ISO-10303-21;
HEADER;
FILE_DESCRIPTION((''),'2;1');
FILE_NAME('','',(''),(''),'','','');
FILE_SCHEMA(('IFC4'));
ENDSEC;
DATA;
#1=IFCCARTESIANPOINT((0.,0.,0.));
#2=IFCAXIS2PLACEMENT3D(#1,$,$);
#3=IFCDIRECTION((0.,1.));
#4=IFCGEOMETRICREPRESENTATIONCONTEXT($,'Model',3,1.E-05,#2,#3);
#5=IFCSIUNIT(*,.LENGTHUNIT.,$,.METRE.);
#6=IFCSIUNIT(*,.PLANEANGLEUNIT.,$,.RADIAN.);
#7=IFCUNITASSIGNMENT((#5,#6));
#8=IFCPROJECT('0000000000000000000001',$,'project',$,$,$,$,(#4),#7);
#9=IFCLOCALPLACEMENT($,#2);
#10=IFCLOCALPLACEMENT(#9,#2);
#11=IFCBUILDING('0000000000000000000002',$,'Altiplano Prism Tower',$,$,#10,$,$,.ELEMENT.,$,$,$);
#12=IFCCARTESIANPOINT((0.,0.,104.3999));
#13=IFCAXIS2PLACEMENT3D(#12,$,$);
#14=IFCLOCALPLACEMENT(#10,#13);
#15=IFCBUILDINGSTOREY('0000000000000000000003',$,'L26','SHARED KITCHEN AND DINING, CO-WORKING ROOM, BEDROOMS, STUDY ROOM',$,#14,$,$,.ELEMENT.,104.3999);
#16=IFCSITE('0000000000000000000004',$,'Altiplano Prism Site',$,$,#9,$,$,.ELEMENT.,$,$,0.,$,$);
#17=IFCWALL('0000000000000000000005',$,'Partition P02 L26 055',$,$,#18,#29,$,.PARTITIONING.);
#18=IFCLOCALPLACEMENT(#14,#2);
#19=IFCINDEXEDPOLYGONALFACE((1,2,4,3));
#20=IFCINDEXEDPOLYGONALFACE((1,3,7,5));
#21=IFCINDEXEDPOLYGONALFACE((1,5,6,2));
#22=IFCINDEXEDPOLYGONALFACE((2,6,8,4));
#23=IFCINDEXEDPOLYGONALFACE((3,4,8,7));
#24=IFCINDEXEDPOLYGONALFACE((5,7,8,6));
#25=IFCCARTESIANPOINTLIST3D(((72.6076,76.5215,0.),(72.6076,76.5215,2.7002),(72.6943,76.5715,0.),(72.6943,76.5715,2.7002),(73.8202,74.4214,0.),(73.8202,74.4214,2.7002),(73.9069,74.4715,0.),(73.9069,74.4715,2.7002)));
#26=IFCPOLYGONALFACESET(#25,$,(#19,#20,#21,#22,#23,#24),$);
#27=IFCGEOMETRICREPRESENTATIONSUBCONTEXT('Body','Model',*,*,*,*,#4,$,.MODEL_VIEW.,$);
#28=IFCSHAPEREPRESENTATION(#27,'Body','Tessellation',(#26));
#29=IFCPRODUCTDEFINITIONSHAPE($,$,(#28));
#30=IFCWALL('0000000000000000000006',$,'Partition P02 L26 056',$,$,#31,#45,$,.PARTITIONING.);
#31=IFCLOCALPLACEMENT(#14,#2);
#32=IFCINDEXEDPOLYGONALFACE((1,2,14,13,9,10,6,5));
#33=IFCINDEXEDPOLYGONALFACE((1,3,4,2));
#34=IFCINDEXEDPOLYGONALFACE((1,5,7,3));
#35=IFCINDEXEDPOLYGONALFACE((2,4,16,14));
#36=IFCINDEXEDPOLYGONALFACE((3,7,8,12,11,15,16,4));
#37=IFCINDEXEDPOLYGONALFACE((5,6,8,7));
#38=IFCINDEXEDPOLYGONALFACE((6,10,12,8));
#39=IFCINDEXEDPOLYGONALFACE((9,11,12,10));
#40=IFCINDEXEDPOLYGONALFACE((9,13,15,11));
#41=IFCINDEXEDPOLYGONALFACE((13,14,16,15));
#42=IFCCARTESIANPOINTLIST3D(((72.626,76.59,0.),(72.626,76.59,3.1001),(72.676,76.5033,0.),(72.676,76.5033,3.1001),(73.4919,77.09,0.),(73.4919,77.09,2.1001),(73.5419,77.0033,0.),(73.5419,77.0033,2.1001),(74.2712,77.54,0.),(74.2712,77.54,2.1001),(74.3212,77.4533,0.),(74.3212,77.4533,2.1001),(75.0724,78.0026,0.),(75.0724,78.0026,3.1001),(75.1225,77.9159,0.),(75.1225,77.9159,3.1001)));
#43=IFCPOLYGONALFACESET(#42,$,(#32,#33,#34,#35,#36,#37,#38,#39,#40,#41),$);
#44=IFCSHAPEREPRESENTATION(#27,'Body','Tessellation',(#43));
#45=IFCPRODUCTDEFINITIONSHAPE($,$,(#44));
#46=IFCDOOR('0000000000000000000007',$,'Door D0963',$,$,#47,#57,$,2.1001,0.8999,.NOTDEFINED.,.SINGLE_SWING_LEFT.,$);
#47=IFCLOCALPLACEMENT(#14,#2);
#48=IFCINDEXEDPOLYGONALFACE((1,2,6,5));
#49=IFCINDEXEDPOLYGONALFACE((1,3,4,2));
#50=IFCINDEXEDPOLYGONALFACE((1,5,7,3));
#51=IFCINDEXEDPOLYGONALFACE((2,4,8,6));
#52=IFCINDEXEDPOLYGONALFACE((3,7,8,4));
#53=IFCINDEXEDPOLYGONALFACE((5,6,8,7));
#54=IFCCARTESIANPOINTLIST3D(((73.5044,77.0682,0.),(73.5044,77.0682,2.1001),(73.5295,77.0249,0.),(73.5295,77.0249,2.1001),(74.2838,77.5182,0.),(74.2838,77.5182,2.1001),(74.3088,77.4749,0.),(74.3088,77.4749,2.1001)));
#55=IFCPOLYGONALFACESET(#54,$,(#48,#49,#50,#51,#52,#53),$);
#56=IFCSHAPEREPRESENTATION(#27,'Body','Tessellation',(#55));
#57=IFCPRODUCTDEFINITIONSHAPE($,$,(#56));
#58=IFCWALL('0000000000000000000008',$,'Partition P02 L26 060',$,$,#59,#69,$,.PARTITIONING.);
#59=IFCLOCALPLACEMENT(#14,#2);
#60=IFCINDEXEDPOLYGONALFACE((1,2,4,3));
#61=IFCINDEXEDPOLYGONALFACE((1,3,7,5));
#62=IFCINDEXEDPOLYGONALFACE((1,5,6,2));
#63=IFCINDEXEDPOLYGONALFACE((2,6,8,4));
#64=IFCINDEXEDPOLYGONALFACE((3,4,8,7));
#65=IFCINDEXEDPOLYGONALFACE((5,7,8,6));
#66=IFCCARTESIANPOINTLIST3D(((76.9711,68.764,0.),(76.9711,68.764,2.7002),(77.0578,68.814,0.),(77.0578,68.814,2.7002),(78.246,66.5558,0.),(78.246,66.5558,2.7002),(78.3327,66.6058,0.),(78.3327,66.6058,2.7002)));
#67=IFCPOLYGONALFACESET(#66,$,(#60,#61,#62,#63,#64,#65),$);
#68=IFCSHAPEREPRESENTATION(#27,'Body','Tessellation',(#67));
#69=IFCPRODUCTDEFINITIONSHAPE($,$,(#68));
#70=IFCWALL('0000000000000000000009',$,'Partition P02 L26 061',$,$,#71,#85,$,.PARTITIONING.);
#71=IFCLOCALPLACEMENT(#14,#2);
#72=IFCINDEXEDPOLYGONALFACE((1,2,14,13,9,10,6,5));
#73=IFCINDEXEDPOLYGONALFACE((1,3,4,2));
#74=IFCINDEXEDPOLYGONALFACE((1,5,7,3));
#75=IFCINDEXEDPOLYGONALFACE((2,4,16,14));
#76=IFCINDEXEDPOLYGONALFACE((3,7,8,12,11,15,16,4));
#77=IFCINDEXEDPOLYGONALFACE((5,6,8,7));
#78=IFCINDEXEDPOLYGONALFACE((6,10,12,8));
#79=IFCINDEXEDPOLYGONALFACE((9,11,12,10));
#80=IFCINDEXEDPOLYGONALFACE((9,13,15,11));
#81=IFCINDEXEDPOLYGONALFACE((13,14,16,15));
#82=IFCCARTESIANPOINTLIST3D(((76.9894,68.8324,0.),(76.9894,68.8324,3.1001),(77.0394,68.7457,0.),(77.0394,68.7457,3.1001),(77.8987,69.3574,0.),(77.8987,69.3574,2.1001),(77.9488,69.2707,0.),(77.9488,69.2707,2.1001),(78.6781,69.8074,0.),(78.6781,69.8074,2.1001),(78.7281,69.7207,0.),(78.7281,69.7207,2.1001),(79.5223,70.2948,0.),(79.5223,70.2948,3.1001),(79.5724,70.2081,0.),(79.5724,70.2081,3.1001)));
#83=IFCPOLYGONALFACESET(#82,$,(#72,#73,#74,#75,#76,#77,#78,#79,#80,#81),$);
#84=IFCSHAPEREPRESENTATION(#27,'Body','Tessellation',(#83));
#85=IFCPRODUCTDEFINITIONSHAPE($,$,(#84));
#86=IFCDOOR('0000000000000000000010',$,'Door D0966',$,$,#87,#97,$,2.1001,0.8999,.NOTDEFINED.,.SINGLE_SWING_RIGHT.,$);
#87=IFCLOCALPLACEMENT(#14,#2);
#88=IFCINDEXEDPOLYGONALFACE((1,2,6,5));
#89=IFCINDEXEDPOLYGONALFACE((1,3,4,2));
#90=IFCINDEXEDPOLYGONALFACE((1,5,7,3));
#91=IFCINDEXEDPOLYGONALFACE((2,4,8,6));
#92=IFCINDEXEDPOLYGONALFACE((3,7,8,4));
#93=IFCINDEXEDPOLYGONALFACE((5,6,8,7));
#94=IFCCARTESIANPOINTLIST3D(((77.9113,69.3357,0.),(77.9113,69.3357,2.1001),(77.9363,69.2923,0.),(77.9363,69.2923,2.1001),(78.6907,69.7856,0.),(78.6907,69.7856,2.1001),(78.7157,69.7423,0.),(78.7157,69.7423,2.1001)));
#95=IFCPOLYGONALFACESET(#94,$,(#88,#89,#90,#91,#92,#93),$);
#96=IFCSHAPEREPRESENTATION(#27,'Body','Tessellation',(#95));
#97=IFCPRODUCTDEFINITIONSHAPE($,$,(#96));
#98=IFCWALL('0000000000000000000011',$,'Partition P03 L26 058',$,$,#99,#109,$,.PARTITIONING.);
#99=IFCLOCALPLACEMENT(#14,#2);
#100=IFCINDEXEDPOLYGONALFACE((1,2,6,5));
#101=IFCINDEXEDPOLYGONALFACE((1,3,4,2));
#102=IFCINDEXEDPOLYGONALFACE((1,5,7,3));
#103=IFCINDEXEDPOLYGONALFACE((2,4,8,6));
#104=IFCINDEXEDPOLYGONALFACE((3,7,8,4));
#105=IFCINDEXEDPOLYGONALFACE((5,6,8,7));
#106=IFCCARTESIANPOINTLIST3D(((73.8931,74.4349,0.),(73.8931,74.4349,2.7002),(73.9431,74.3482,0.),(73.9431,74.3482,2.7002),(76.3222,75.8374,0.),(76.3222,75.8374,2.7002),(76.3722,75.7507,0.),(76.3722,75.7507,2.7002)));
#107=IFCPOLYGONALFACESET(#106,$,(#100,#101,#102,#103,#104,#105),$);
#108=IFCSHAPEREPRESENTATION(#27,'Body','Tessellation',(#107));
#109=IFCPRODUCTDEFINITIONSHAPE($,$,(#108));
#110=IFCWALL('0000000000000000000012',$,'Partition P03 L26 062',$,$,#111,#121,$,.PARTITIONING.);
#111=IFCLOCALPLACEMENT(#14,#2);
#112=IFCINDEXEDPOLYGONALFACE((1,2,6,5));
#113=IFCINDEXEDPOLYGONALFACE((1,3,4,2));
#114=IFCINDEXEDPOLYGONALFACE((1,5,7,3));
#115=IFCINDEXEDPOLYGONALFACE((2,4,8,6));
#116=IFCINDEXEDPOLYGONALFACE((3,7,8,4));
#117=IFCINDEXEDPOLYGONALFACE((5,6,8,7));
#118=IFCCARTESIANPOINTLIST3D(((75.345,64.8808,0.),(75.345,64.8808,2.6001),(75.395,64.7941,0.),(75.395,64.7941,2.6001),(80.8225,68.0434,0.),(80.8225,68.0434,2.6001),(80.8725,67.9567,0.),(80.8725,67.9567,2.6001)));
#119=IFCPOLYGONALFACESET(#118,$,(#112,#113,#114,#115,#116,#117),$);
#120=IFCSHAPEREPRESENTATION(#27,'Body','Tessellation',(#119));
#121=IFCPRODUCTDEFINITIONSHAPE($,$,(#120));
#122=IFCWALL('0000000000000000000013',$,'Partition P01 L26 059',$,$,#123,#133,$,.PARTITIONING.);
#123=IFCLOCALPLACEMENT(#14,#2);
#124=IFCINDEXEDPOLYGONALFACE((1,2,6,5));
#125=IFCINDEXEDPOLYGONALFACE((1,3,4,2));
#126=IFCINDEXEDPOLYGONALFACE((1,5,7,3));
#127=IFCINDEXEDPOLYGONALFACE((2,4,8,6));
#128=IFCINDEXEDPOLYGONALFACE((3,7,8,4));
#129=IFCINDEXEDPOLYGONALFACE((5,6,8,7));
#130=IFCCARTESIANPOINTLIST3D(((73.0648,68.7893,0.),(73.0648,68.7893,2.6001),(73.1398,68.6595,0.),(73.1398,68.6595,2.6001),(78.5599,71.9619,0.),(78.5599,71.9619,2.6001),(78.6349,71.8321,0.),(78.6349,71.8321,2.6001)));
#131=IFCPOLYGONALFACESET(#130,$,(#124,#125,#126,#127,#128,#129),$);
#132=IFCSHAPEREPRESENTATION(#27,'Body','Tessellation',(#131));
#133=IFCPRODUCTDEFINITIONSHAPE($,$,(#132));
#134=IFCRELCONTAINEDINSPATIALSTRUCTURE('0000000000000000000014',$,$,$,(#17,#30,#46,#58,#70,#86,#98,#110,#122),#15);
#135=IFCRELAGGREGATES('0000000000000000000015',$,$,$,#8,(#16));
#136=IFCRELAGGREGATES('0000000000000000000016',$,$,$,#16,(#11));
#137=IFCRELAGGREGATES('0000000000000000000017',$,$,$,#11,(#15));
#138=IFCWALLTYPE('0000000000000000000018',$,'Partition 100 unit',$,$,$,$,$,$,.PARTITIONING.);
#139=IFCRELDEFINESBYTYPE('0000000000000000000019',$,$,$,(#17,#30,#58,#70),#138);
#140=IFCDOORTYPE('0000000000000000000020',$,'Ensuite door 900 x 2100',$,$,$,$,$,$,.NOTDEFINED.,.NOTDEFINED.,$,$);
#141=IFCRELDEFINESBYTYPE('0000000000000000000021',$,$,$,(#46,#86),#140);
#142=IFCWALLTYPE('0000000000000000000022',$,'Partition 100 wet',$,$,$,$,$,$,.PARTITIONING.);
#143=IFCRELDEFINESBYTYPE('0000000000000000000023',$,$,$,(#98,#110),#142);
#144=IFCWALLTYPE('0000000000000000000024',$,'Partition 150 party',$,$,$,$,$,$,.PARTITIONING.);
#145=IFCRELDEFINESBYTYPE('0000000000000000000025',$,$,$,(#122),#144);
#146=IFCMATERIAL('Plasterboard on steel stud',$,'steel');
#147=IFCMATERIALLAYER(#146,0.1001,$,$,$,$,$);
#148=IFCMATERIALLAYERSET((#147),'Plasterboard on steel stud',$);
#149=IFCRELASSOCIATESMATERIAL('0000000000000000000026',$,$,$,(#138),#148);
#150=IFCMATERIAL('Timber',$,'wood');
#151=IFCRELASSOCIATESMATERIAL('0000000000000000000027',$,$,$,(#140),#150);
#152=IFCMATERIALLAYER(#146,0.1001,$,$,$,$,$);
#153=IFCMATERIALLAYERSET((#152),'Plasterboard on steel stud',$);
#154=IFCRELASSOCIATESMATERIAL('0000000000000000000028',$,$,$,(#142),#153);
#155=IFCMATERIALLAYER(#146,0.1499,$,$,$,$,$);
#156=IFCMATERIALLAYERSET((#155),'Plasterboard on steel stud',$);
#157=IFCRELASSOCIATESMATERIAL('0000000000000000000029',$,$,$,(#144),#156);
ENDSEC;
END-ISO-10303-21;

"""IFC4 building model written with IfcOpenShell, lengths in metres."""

from ifc_helpers import new_model, si_unit, direction, frame, frame_2d, origin, place, context, subcontext, project, spatial, rectangle, extrude, material, layer, layer_set, type_object, element, fill, save


model = new_model("IFC4")

# Units and contexts
model_context = context("Model", 3, precision=1e-05, world=origin(), true_north=direction((0.0, 1.0)))
body_context = subcontext(model_context, "Body", "Model", "MODEL_VIEW")
ifc_project = project(units=[si_unit("LENGTHUNIT", "METRE"), si_unit("PLANEANGLEUNIT", "RADIAN")], contexts=[model_context])

# Site, building, storey
site_placement = place(None, origin())
site = spatial("IfcSite", under=ifc_project, at=site_placement, Name="Altiplano Prism Site", CompositionType="ELEMENT", RefElevation=0.0)
building_placement = place(site_placement, origin())
building = spatial("IfcBuilding", under=site, at=building_placement, Name="Altiplano Prism Tower", CompositionType="ELEMENT")
storey_placement = place(building_placement, frame((0.0, 0.0, 104.3999)))
storey = spatial("IfcBuildingStorey", under=building, at=storey_placement, Name="L26", Description="SHARED KITCHEN AND DINING, CO-WORKING ROOM, BEDROOMS, STUDY ROOM", CompositionType="ELEMENT", Elevation=104.3999)

# Wall
ifc_material_1 = material(Name="Plasterboard on steel stud", Category="steel")
ifc_layer_1 = layer(ifc_material_1, 0.1001)
ifc_layer_set_1 = layer_set([ifc_layer_1], Name="Plasterboard on steel stud")
wall_type_1 = type_object("IfcWallType", Name="Partition 100 unit", PredefinedType="PARTITIONING", material=ifc_layer_set_1)
wall_1_placement = place(storey_placement, frame((73.8635, 74.4465, 0.0), z_axis=(0.0, 0.0, 1.0), x_axis=(-0.500048, 0.865998, 0.0)))
element("IfcWall", 1, at=wall_1_placement, inside=storey, type_object=wall_type_1, Name="Partition P02 L26 055", PredefinedType="PARTITIONING", context=body_context, shape_type="SweptSolid", body=[
    extrude(rectangle(XDim=2.425, YDim=0.1001, at=frame_2d((1.2124, 0.0))), origin(), (0.0, 0.0, 1.0), 2.7002),
])

# Wall, opening, door
wall_2_placement = place(storey_placement, frame((72.6509, 76.5466, 0.0), z_axis=(0.0, 0.0, 1.0), x_axis=(0.866011, 0.500024, 0.0)))
wall_2 = element("IfcWall", 2, at=wall_2_placement, inside=storey, type_object=wall_type_1, Name="Partition P02 L26 056", PredefinedType="PARTITIONING", context=body_context, shape_type="SweptSolid", body=[
    extrude(rectangle(XDim=2.825, YDim=0.1001, at=frame_2d((1.4126, 0.0))), origin(), (0.0, 0.0, 1.0), 3.1001),
])
opening_1_placement = place(wall_2_placement, frame((1.0, 0.0, 0.0)))
opening_1 = element("IfcOpeningElement", 3, at=opening_1_placement, cuts=wall_2, PredefinedType="OPENING", context=body_context, shape_type="SweptSolid", body=[
    extrude(rectangle(XDim=0.8999, YDim=2.1001, at=frame_2d((0.45, 1.05))), frame((0.0, 0.0605, 0.0), z_axis=(0.0, -1.0, 0.0), x_axis=(1.0, 0.0, 0.0)), (0.0, 0.0, 1.0), 0.1211),
])
ifc_material_2 = material(Name="Timber", Category="wood")
door_type = type_object("IfcDoorType", Name="Ensuite door 900 x 2100", OperationType="NOTDEFINED", PredefinedType="NOTDEFINED", material=ifc_material_2)
door_1_placement = place(opening_1_placement, origin())
door_1 = element("IfcDoor", 4, at=door_1_placement, inside=storey, type_object=door_type, Name="Door D0963", OperationType="SINGLE_SWING_LEFT", OverallHeight=2.1001, OverallWidth=0.8999, PredefinedType="NOTDEFINED", context=body_context, shape_type="SweptSolid", body=[
    extrude(rectangle(XDim=0.8999, YDim=2.1001, at=frame_2d((0.45, 1.05))), frame((0.0, 0.0249, 0.0), z_axis=(0.0, -1.0, 0.0), x_axis=(1.0, 0.0, 0.0)), (0.0, 0.0, 1.0), 0.05),
])
fill(opening_1, door_1)

# Wall
wall_3_placement = place(storey_placement, frame((78.2893, 66.5808, 0.0), z_axis=(0.0, 0.0, 1.0), x_axis=(-0.49999, 0.866031, 0.0)))
element("IfcWall", 5, at=wall_3_placement, inside=storey, type_object=wall_type_1, Name="Partition P02 L26 060", PredefinedType="PARTITIONING", context=body_context, shape_type="SweptSolid", body=[
    extrude(rectangle(XDim=2.5498, YDim=0.1001, at=frame_2d((1.2749, 0.0))), origin(), (0.0, 0.0, 1.0), 2.7002),
])

# Wall, opening, door
wall_4_placement = place(storey_placement, frame((77.0144, 68.7891, 0.0), z_axis=(0.0, 0.0, 1.0), x_axis=(0.866026, 0.499999, 0.0)))
wall_4 = element("IfcWall", 6, at=wall_4_placement, inside=storey, type_object=wall_type_1, Name="Partition P02 L26 061", PredefinedType="PARTITIONING", context=body_context, shape_type="SweptSolid", body=[
    extrude(rectangle(XDim=2.9248, YDim=0.1001, at=frame_2d((1.4624, 0.0))), origin(), (0.0, 0.0, 1.0), 3.1001),
])
opening_2_placement = place(wall_4_placement, frame((1.05, 0.0, 0.0)))
opening_2 = element("IfcOpeningElement", 7, at=opening_2_placement, cuts=wall_4, PredefinedType="OPENING", context=body_context, shape_type="SweptSolid", body=[
    extrude(rectangle(XDim=0.8999, YDim=2.1001, at=frame_2d((0.45, 1.05))), frame((0.0, 0.0605, 0.0), z_axis=(0.0, -1.0, 0.0), x_axis=(1.0, 0.0, 0.0)), (0.0, 0.0, 1.0), 0.1211),
])
door_2_placement = place(opening_2_placement, origin())
door_2 = element("IfcDoor", 8, at=door_2_placement, inside=storey, type_object=door_type, Name="Door D0966", OperationType="SINGLE_SWING_RIGHT", OverallHeight=2.1001, OverallWidth=0.8999, PredefinedType="NOTDEFINED", context=body_context, shape_type="SweptSolid", body=[
    extrude(rectangle(XDim=0.8999, YDim=2.1001, at=frame_2d((0.45, 1.05))), frame((0.0, 0.0249, 0.0), z_axis=(0.0, -1.0, 0.0), x_axis=(1.0, 0.0, 0.0)), (0.0, 0.0, 1.0), 0.05),
])
fill(opening_2, door_2)

# Walls
ifc_layer_2 = layer(ifc_material_1, 0.1001)
ifc_layer_set_2 = layer_set([ifc_layer_2], Name="Plasterboard on steel stud")
wall_type_2 = type_object("IfcWallType", Name="Partition 100 wet", PredefinedType="PARTITIONING", material=ifc_layer_set_2)
wall_5_placement = place(storey_placement, frame((73.9182, 74.3916, 0.0), z_axis=(0.0, 0.0, 1.0), x_axis=(0.866012, 0.500024, 0.0)))
element("IfcWall", 9, at=wall_5_placement, inside=storey, type_object=wall_type_2, Name="Partition P03 L26 058", PredefinedType="PARTITIONING", context=body_context, shape_type="SweptSolid", body=[
    extrude(rectangle(XDim=2.8049, YDim=0.1001, at=frame_2d((1.4023, 0.0))), origin(), (0.0, 0.0, 1.0), 2.7002),
])
wall_6_placement = place(storey_placement, frame((75.3699, 64.8374, 0.0), z_axis=(0.0, 0.0, 1.0), x_axis=(0.866016, 0.500016, 0.0)))
element("IfcWall", 10, at=wall_6_placement, inside=storey, type_object=wall_type_2, Name="Partition P03 L26 062", PredefinedType="PARTITIONING", context=body_context, shape_type="SweptSolid", body=[
    extrude(rectangle(XDim=6.325, YDim=0.1001, at=frame_2d((3.1626, 0.0))), origin(), (0.0, 0.0, 1.0), 2.6001),
])
ifc_layer_3 = layer(ifc_material_1, 0.1499)
ifc_layer_set_3 = layer_set([ifc_layer_3], Name="Plasterboard on steel stud")
wall_type_3 = type_object("IfcWallType", Name="Partition 150 party", PredefinedType="PARTITIONING", material=ifc_layer_set_3)
wall_7_placement = place(storey_placement, frame((73.1023, 68.7244, 0.0), z_axis=(0.0, 0.0, 1.0), x_axis=(0.866025, 0.5, 0.0)))
element("IfcWall", 11, at=wall_7_placement, inside=storey, type_object=wall_type_3, Name="Partition P01 L26 059", PredefinedType="PARTITIONING", context=body_context, shape_type="SweptSolid", body=[
    extrude(rectangle(XDim=6.3452, YDim=0.1499, at=frame_2d((3.1726, 0.0))), origin(), (0.0, 0.0, 1.0), 2.6001),
])

save(model, "model.ifc")
